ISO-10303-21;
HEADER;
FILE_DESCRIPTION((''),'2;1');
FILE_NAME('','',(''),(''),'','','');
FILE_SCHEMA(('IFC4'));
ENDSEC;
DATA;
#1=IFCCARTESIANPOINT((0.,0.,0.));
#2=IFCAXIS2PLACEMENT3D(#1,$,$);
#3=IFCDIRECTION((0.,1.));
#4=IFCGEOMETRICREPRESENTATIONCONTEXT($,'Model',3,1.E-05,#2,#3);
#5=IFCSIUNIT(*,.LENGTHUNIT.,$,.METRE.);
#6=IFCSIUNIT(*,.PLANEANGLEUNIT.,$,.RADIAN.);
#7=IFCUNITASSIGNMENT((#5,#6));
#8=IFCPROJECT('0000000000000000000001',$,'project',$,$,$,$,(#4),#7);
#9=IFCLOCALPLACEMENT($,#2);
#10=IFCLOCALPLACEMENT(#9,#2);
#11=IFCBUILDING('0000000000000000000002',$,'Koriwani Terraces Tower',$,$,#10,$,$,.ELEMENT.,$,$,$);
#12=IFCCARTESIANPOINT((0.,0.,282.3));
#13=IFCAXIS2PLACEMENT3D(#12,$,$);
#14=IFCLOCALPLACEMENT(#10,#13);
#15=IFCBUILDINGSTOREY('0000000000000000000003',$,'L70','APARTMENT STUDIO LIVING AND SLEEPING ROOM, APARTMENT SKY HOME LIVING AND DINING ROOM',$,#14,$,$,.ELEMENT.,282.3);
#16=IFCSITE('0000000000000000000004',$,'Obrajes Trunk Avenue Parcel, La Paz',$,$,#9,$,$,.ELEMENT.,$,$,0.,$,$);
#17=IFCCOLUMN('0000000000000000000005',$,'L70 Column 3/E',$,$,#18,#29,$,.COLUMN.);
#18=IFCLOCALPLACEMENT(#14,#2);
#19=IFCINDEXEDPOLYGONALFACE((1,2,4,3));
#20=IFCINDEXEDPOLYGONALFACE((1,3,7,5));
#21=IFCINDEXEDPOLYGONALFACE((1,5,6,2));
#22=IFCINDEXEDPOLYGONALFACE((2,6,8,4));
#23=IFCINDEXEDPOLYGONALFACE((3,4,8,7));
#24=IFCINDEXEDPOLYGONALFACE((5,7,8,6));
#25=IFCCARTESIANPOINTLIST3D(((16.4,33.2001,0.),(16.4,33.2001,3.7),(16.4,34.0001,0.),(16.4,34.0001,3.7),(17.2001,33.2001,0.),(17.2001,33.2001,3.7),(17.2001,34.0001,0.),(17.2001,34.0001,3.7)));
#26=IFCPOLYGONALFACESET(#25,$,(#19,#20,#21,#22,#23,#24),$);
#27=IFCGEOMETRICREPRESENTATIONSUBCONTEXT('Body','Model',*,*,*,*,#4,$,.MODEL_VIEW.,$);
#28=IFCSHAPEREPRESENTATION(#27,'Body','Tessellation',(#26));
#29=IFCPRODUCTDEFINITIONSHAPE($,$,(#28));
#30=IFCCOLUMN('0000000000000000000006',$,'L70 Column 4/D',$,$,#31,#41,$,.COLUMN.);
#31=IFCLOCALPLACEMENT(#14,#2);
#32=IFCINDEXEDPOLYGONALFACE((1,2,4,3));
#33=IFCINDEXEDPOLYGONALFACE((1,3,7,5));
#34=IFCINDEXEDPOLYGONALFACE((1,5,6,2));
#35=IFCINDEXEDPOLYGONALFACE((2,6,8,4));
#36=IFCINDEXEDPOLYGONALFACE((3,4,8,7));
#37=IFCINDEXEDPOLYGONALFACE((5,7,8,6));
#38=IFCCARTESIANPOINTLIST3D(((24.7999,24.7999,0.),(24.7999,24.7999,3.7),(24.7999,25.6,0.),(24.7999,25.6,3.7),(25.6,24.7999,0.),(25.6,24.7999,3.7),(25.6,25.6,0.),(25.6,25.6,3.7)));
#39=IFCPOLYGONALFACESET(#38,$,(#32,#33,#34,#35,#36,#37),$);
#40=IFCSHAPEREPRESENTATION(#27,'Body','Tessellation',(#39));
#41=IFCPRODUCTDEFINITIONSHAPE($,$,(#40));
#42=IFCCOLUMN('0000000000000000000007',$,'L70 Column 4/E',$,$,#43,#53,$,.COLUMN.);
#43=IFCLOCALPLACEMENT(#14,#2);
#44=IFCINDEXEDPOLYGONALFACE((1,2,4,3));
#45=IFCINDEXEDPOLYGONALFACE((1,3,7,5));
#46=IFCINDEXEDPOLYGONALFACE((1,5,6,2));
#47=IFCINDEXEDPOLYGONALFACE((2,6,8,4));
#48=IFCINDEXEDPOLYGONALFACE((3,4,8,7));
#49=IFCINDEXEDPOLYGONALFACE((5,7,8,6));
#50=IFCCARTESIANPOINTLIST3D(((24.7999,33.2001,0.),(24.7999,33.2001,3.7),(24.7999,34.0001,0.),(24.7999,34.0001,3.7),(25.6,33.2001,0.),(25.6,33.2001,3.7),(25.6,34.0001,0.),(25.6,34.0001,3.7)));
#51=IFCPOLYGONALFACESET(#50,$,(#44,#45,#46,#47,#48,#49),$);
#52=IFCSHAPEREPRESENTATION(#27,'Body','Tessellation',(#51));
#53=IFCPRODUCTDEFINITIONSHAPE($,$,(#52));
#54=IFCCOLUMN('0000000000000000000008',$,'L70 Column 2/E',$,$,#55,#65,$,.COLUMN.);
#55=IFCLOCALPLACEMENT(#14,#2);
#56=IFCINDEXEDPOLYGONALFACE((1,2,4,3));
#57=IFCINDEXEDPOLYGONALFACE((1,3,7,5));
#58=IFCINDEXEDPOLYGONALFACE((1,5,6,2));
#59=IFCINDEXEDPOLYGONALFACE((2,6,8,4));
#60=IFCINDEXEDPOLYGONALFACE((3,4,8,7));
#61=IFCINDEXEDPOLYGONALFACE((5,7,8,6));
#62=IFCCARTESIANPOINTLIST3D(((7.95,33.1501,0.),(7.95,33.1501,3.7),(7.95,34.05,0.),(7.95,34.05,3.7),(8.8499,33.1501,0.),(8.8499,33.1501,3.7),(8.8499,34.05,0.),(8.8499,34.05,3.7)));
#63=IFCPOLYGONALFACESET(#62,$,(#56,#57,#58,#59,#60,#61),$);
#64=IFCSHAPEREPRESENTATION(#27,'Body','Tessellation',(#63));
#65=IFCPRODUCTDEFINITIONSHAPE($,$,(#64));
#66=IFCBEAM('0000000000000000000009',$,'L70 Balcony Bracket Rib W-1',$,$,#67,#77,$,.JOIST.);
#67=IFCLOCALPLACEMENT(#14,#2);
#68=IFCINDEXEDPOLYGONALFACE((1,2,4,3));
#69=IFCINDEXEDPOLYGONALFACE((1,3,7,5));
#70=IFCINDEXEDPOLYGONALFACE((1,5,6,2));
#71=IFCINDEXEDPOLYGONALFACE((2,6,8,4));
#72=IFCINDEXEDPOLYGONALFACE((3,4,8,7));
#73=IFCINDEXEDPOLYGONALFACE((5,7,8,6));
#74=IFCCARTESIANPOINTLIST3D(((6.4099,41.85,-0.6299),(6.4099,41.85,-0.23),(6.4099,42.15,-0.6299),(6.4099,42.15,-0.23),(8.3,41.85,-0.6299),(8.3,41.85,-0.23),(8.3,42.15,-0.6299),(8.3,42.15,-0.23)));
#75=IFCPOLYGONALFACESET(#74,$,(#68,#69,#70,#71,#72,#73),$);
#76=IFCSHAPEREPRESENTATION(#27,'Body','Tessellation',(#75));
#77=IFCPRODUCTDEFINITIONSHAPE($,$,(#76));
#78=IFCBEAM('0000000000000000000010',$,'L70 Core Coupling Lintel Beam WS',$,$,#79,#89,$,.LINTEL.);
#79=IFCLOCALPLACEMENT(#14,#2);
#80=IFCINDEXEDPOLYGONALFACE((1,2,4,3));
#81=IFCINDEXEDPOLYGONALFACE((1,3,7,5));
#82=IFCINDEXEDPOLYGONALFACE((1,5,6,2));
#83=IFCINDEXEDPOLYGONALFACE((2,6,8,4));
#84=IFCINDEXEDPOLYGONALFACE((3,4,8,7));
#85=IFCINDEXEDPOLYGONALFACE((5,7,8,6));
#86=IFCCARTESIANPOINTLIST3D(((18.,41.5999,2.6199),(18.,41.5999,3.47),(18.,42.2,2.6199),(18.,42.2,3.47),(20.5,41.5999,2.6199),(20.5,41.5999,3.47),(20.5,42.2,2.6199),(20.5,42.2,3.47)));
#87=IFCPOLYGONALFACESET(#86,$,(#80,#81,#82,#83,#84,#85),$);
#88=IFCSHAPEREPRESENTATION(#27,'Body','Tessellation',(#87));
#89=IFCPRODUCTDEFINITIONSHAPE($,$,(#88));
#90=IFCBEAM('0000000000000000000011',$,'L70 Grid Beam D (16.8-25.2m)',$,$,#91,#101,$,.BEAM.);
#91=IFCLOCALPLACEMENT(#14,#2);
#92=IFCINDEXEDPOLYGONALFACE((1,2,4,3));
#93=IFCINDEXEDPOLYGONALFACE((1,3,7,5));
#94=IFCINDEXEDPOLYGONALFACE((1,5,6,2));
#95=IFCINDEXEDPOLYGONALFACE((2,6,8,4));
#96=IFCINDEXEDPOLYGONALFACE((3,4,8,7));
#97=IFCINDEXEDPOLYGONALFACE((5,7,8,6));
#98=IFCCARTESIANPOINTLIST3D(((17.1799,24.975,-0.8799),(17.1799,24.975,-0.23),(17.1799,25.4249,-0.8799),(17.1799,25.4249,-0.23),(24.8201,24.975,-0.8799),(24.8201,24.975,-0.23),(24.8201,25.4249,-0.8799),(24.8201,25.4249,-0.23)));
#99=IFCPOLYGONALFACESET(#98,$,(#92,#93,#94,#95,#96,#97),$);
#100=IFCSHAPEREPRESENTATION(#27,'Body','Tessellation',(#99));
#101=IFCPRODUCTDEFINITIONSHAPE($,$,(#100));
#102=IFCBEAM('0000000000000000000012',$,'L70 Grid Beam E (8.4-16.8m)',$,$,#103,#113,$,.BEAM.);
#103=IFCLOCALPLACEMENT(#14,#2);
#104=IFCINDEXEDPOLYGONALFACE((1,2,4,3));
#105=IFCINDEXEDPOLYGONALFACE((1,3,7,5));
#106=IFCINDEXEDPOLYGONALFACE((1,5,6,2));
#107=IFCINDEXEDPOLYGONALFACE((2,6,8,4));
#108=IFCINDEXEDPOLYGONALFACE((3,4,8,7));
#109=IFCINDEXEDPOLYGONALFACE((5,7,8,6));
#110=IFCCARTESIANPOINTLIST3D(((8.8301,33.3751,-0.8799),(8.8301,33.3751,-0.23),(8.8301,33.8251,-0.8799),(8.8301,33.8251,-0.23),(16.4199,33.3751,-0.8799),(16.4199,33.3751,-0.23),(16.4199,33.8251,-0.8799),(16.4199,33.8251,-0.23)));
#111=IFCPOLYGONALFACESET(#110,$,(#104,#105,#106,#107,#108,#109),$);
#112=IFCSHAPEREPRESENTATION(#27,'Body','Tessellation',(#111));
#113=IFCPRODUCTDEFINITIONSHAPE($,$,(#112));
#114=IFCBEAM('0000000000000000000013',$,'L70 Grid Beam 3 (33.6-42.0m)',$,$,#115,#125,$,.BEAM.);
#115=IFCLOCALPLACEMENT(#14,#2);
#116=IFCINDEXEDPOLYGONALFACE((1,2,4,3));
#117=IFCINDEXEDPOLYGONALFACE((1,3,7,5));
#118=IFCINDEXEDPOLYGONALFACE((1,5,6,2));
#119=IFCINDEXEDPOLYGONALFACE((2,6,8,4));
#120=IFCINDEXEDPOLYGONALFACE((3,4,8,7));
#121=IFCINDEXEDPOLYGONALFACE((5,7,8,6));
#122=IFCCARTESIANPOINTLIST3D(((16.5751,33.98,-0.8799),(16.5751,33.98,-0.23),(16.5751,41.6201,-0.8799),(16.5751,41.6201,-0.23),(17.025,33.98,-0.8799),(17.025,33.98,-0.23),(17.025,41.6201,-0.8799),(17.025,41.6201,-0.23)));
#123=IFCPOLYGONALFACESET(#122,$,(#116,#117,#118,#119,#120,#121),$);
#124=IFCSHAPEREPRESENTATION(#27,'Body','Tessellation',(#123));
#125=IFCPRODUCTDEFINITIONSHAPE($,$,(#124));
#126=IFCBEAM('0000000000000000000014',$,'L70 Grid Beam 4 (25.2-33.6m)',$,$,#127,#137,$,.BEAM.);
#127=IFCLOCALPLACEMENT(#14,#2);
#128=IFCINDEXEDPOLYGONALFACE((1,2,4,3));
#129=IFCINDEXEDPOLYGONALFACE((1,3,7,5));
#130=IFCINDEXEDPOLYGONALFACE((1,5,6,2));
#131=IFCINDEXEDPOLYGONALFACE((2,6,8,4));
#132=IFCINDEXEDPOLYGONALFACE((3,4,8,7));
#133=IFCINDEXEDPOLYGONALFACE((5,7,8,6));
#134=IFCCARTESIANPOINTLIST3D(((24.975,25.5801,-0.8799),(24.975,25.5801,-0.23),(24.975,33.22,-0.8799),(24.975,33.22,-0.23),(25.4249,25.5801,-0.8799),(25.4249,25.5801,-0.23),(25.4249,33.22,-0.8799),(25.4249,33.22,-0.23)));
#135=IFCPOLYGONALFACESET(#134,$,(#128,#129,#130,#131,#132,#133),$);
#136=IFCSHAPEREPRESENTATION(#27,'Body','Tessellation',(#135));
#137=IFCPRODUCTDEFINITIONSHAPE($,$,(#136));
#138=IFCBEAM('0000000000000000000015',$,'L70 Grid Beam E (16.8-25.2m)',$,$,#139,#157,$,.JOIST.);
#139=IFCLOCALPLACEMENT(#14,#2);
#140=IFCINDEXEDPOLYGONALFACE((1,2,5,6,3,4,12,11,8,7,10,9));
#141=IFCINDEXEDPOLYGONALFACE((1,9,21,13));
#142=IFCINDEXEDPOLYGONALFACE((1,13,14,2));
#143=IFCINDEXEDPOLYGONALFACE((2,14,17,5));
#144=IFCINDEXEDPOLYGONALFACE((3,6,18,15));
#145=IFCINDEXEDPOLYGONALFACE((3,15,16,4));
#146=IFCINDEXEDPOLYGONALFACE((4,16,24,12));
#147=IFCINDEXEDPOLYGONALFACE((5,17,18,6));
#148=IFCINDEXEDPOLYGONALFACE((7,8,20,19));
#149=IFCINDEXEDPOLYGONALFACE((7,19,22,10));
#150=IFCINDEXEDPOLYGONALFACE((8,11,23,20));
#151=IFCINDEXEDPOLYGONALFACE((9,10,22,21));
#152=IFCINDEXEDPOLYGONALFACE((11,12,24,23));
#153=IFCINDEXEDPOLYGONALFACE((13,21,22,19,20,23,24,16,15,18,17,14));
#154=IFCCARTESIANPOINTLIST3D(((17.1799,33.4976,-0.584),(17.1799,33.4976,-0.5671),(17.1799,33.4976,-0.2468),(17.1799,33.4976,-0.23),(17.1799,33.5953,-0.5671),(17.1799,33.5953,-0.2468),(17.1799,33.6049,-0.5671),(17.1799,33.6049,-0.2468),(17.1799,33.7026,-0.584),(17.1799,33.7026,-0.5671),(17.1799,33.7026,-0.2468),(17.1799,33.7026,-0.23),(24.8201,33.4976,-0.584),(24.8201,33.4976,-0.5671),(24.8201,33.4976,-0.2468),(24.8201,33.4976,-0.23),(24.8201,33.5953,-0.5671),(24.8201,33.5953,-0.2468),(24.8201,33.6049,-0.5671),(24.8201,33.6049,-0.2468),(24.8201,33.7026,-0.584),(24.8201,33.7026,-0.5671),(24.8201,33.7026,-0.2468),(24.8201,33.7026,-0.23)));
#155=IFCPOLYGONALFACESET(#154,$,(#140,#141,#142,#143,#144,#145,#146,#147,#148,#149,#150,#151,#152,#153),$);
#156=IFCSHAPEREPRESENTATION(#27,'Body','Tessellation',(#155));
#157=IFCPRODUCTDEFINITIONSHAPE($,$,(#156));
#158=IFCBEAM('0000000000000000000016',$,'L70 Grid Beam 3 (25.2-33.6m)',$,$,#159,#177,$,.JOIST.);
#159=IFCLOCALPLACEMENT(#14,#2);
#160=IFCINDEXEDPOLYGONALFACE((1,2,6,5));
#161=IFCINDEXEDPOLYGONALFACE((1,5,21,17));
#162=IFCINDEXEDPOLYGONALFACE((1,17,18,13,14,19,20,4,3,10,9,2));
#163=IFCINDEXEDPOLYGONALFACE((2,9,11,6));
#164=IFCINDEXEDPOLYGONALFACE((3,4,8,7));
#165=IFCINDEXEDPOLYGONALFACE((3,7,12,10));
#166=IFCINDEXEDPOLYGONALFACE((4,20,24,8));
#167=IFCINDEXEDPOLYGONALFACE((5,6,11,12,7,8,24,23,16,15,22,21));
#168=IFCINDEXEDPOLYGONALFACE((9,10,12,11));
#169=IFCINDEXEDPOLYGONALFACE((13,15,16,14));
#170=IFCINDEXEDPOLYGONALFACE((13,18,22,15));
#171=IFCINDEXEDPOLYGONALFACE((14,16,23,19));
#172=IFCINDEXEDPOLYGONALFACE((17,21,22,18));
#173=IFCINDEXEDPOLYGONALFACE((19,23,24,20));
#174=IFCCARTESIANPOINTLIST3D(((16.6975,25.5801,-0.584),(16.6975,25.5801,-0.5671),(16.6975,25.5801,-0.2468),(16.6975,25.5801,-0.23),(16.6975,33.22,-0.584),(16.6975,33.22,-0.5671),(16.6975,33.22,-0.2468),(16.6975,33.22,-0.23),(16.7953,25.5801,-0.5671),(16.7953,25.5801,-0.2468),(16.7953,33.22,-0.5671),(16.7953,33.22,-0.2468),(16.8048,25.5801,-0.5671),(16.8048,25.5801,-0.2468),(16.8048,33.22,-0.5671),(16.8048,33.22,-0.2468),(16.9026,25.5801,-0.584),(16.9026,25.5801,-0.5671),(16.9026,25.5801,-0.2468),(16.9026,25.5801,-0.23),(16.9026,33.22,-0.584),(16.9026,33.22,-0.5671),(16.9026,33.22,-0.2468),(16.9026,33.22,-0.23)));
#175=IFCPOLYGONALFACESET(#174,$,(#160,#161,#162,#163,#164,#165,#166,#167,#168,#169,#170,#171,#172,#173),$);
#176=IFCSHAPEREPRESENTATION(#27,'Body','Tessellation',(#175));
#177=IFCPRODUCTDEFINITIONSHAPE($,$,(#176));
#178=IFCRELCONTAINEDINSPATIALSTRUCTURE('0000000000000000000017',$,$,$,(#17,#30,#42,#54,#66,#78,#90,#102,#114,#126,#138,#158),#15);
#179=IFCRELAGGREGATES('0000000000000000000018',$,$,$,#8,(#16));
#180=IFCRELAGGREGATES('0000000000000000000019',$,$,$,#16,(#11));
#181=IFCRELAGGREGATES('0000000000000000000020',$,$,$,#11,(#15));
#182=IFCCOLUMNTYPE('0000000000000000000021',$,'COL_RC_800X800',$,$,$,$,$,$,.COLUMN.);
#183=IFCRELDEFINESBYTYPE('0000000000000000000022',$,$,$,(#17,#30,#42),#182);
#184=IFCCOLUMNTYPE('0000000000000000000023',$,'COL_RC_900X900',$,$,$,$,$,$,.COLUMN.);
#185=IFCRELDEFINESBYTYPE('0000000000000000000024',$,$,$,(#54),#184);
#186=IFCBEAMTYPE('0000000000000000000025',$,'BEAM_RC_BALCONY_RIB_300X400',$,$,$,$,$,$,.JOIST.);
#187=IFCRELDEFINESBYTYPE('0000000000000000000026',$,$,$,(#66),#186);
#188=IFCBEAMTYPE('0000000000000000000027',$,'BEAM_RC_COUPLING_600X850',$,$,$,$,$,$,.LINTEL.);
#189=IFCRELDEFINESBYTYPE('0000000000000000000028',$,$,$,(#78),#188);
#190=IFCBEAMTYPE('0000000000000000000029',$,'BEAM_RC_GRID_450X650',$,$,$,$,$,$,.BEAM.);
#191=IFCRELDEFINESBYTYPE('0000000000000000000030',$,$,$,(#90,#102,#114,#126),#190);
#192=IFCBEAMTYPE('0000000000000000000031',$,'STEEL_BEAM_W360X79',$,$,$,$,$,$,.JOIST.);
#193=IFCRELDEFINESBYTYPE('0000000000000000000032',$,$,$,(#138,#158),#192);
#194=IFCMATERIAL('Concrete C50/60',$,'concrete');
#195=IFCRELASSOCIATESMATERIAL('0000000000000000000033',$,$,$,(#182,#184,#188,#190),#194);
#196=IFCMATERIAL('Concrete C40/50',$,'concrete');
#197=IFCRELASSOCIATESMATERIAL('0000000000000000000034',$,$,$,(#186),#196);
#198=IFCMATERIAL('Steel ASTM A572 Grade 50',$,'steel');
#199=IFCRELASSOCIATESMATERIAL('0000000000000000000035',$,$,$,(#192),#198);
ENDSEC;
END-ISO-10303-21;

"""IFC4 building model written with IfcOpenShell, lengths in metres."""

from ifc_helpers import new_model, si_unit, direction, frame, origin, origin_2d, place, context, subcontext, project, spatial, rectangle, i_section, extrude, material, material_profile, profile_set, type_object, element, save


model = new_model("IFC4")

# Units and contexts
model_context = context("Model", 3, precision=1e-05, world=origin(), true_north=direction((0.0, 1.0)))
body_context = subcontext(model_context, "Body", "Model", "MODEL_VIEW")
ifc_project = project(units=[si_unit("LENGTHUNIT", "METRE"), si_unit("PLANEANGLEUNIT", "RADIAN")], contexts=[model_context])

# Site, building, storey
site_placement = place(None, origin())
site = spatial("IfcSite", under=ifc_project, at=site_placement, Name="Obrajes Trunk Avenue Parcel, La Paz", CompositionType="ELEMENT", RefElevation=0.0)
building_placement = place(site_placement, origin())
building = spatial("IfcBuilding", under=site, at=building_placement, Name="Koriwani Terraces Tower", CompositionType="ELEMENT")
storey_placement = place(building_placement, frame((0.0, 0.0, 282.3)))
storey = spatial("IfcBuildingStorey", under=building, at=storey_placement, Name="L70", Description="APARTMENT STUDIO LIVING AND SLEEPING ROOM, APARTMENT SKY HOME LIVING AND DINING ROOM", CompositionType="ELEMENT", Elevation=282.3)

# Columns
ifc_material_1 = material(Name="Concrete C50/60", Category="concrete")
ifc_material_profile_1 = material_profile(ifc_material_1, rectangle(XDim=0.8, YDim=0.8, at=origin_2d()), Name="Concrete C50/60", Category="LoadBearing")
ifc_profile_set_1 = profile_set([ifc_material_profile_1], Name="Concrete C50/60")
column_type_1 = type_object("IfcColumnType", Name="COL_RC_800X800", PredefinedType="COLUMN", material=ifc_profile_set_1)
for number, where, z_axis, x_axis, name in (
    (1, (16.8, 33.6001, 0.0), (0.0, 0.0, 1.0), (1.0, 0.0, 0.0), "L70 Column 3/E"),
    (2, (25.2, 25.2, 0.0), (0.0, 0.0, 1.0), (1.0, 0.0, 0.0), "L70 Column 4/D"),
    (3, (25.2, 33.6001, 0.0), (0.0, 0.0, 1.0), (1.0, 0.0, 0.0), "L70 Column 4/E"),
):
    element("IfcColumn", number, at=place(storey_placement, frame(where, z_axis=z_axis, x_axis=x_axis)), inside=storey, type_object=column_type_1, Name=name, PredefinedType="COLUMN", context=body_context, shape_type="SweptSolid", body=[
        extrude(rectangle(XDim=0.8, YDim=0.8, at=origin_2d()), origin(), (0.0, 0.0, 1.0), 3.7),
    ])
ifc_material_profile_2 = material_profile(ifc_material_1, rectangle(XDim=0.8999, YDim=0.8999, at=origin_2d()), Name="Concrete C50/60", Category="LoadBearing")
ifc_profile_set_2 = profile_set([ifc_material_profile_2], Name="Concrete C50/60")
column_type_2 = type_object("IfcColumnType", Name="COL_RC_900X900", PredefinedType="COLUMN", material=ifc_profile_set_2)
column_placement = place(storey_placement, frame((8.3999, 33.6001, 0.0), z_axis=(0.0, 0.0, 1.0), x_axis=(1.0, 0.0, 0.0)))
element("IfcColumn", 4, at=column_placement, inside=storey, type_object=column_type_2, Name="L70 Column 2/E", PredefinedType="COLUMN", context=body_context, shape_type="SweptSolid", body=[
    extrude(rectangle(XDim=0.8999, YDim=0.8999, at=origin_2d()), origin(), (0.0, 0.0, 1.0), 3.7),
])

# Beams
ifc_material_2 = material(Name="Concrete C40/50", Category="concrete")
ifc_material_profile_3 = material_profile(ifc_material_2, rectangle(XDim=0.3, YDim=0.3999, at=origin_2d()), Name="Concrete C40/50", Category="LoadBearing")
ifc_profile_set_3 = profile_set([ifc_material_profile_3], Name="Concrete C40/50")
beam_type_1 = type_object("IfcBeamType", Name="BEAM_RC_BALCONY_RIB_300X400", PredefinedType="JOIST", material=ifc_profile_set_3)
beam_1_placement = place(storey_placement, frame((6.4099, 42.0, -0.4299), z_axis=(1.0, 0.0, 0.0), x_axis=(0.0, 1.0, 0.0)))
element("IfcBeam", 5, at=beam_1_placement, inside=storey, type_object=beam_type_1, Name="L70 Balcony Bracket Rib W-1", PredefinedType="JOIST", context=body_context, shape_type="SweptSolid", body=[
    extrude(rectangle(XDim=0.3, YDim=0.3999, at=origin_2d()), origin(), (0.0, 0.0, 1.0), 1.8901),
])
ifc_material_profile_4 = material_profile(ifc_material_1, rectangle(XDim=0.6001, YDim=0.8501, at=origin_2d()), Name="Concrete C50/60", Category="LoadBearing")
ifc_profile_set_4 = profile_set([ifc_material_profile_4], Name="Concrete C50/60")
beam_type_2 = type_object("IfcBeamType", Name="BEAM_RC_COUPLING_600X850", PredefinedType="LINTEL", material=ifc_profile_set_4)
beam_2_placement = place(storey_placement, frame((18.0, 41.8999, 3.0449), z_axis=(1.0, 0.0, 0.0), x_axis=(0.0, 1.0, 0.0)))
element("IfcBeam", 6, at=beam_2_placement, inside=storey, type_object=beam_type_2, Name="L70 Core Coupling Lintel Beam WS", PredefinedType="LINTEL", context=body_context, shape_type="SweptSolid", body=[
    extrude(rectangle(XDim=0.6001, YDim=0.8501, at=origin_2d()), origin(), (0.0, 0.0, 1.0), 2.5),
])
ifc_material_profile_5 = material_profile(ifc_material_1, rectangle(XDim=0.45, YDim=0.6499, at=origin_2d()), Name="Concrete C50/60", Category="LoadBearing")
ifc_profile_set_5 = profile_set([ifc_material_profile_5], Name="Concrete C50/60")
beam_type_3 = type_object("IfcBeamType", Name="BEAM_RC_GRID_450X650", PredefinedType="BEAM", material=ifc_profile_set_5)
beam_3_placement = place(storey_placement, frame((17.1799, 25.2, -0.5549), z_axis=(1.0, 0.0, 0.0), x_axis=(0.0, 1.0, 0.0)))
element("IfcBeam", 7, at=beam_3_placement, inside=storey, type_object=beam_type_3, Name="L70 Grid Beam D (16.8-25.2m)", PredefinedType="BEAM", context=body_context, shape_type="SweptSolid", body=[
    extrude(rectangle(XDim=0.45, YDim=0.6499, at=origin_2d()), origin(), (0.0, 0.0, 1.0), 7.6401),
])
beam_4_placement = place(storey_placement, frame((8.8301, 33.6001, -0.5549), z_axis=(1.0, 0.0, 0.0), x_axis=(0.0, 1.0, 0.0)))
element("IfcBeam", 8, at=beam_4_placement, inside=storey, type_object=beam_type_3, Name="L70 Grid Beam E (8.4-16.8m)", PredefinedType="BEAM", context=body_context, shape_type="SweptSolid", body=[
    extrude(rectangle(XDim=0.45, YDim=0.6499, at=origin_2d()), origin(), (0.0, 0.0, 1.0), 7.5898),
])
beam_5_placement = place(storey_placement, frame((16.8, 33.98, -0.5549), z_axis=(0.0, 1.0, 0.0), x_axis=(-1.0, 0.0, 0.0)))
element("IfcBeam", 9, at=beam_5_placement, inside=storey, type_object=beam_type_3, Name="L70 Grid Beam 3 (33.6-42.0m)", PredefinedType="BEAM", context=body_context, shape_type="SweptSolid", body=[
    extrude(rectangle(XDim=0.45, YDim=0.6499, at=origin_2d()), origin(), (0.0, 0.0, 1.0), 7.6401),
])
beam_6_placement = place(storey_placement, frame((25.2, 25.5801, -0.5549), z_axis=(0.0, 1.0, 0.0), x_axis=(-1.0, 0.0, 0.0)))
element("IfcBeam", 10, at=beam_6_placement, inside=storey, type_object=beam_type_3, Name="L70 Grid Beam 4 (25.2-33.6m)", PredefinedType="BEAM", context=body_context, shape_type="SweptSolid", body=[
    extrude(rectangle(XDim=0.45, YDim=0.6499, at=origin_2d()), origin(), (0.0, 0.0, 1.0), 7.6399),
])
ifc_material_3 = material(Name="Steel ASTM A572 Grade 50", Category="steel")
ifc_material_profile_6 = material_profile(ifc_material_3, i_section(OverallWidth=0.2051, OverallDepth=0.354, WebThickness=0.0095, FlangeThickness=0.0168, at=origin_2d()), Name="Steel ASTM A572 Grade 50", Category="LoadBearing")
ifc_profile_set_6 = profile_set([ifc_material_profile_6], Name="Steel ASTM A572 Grade 50")
beam_type_4 = type_object("IfcBeamType", Name="STEEL_BEAM_W360X79", PredefinedType="JOIST", material=ifc_profile_set_6)
beam_7_placement = place(storey_placement, frame((17.1799, 33.6001, -0.407), z_axis=(1.0, 0.0, 0.0), x_axis=(0.0, 1.0, 0.0)))
element("IfcBeam", 11, at=beam_7_placement, inside=storey, type_object=beam_type_4, Name="L70 Grid Beam E (16.8-25.2m)", PredefinedType="JOIST", context=body_context, shape_type="SweptSolid", body=[
    extrude(i_section(OverallWidth=0.2051, OverallDepth=0.354, WebThickness=0.0095, FlangeThickness=0.0168, at=origin_2d()), origin(), (0.0, 0.0, 1.0), 7.6401),
])
beam_8_placement = place(storey_placement, frame((16.8, 25.5801, -0.407), z_axis=(0.0, 1.0, 0.0), x_axis=(-1.0, 0.0, 0.0)))
element("IfcBeam", 12, at=beam_8_placement, inside=storey, type_object=beam_type_4, Name="L70 Grid Beam 3 (25.2-33.6m)", PredefinedType="JOIST", context=body_context, shape_type="SweptSolid", body=[
    extrude(i_section(OverallWidth=0.2051, OverallDepth=0.354, WebThickness=0.0095, FlangeThickness=0.0168, at=origin_2d()), origin(), (0.0, 0.0, 1.0), 7.6399),
])

save(model, "model.ifc")
